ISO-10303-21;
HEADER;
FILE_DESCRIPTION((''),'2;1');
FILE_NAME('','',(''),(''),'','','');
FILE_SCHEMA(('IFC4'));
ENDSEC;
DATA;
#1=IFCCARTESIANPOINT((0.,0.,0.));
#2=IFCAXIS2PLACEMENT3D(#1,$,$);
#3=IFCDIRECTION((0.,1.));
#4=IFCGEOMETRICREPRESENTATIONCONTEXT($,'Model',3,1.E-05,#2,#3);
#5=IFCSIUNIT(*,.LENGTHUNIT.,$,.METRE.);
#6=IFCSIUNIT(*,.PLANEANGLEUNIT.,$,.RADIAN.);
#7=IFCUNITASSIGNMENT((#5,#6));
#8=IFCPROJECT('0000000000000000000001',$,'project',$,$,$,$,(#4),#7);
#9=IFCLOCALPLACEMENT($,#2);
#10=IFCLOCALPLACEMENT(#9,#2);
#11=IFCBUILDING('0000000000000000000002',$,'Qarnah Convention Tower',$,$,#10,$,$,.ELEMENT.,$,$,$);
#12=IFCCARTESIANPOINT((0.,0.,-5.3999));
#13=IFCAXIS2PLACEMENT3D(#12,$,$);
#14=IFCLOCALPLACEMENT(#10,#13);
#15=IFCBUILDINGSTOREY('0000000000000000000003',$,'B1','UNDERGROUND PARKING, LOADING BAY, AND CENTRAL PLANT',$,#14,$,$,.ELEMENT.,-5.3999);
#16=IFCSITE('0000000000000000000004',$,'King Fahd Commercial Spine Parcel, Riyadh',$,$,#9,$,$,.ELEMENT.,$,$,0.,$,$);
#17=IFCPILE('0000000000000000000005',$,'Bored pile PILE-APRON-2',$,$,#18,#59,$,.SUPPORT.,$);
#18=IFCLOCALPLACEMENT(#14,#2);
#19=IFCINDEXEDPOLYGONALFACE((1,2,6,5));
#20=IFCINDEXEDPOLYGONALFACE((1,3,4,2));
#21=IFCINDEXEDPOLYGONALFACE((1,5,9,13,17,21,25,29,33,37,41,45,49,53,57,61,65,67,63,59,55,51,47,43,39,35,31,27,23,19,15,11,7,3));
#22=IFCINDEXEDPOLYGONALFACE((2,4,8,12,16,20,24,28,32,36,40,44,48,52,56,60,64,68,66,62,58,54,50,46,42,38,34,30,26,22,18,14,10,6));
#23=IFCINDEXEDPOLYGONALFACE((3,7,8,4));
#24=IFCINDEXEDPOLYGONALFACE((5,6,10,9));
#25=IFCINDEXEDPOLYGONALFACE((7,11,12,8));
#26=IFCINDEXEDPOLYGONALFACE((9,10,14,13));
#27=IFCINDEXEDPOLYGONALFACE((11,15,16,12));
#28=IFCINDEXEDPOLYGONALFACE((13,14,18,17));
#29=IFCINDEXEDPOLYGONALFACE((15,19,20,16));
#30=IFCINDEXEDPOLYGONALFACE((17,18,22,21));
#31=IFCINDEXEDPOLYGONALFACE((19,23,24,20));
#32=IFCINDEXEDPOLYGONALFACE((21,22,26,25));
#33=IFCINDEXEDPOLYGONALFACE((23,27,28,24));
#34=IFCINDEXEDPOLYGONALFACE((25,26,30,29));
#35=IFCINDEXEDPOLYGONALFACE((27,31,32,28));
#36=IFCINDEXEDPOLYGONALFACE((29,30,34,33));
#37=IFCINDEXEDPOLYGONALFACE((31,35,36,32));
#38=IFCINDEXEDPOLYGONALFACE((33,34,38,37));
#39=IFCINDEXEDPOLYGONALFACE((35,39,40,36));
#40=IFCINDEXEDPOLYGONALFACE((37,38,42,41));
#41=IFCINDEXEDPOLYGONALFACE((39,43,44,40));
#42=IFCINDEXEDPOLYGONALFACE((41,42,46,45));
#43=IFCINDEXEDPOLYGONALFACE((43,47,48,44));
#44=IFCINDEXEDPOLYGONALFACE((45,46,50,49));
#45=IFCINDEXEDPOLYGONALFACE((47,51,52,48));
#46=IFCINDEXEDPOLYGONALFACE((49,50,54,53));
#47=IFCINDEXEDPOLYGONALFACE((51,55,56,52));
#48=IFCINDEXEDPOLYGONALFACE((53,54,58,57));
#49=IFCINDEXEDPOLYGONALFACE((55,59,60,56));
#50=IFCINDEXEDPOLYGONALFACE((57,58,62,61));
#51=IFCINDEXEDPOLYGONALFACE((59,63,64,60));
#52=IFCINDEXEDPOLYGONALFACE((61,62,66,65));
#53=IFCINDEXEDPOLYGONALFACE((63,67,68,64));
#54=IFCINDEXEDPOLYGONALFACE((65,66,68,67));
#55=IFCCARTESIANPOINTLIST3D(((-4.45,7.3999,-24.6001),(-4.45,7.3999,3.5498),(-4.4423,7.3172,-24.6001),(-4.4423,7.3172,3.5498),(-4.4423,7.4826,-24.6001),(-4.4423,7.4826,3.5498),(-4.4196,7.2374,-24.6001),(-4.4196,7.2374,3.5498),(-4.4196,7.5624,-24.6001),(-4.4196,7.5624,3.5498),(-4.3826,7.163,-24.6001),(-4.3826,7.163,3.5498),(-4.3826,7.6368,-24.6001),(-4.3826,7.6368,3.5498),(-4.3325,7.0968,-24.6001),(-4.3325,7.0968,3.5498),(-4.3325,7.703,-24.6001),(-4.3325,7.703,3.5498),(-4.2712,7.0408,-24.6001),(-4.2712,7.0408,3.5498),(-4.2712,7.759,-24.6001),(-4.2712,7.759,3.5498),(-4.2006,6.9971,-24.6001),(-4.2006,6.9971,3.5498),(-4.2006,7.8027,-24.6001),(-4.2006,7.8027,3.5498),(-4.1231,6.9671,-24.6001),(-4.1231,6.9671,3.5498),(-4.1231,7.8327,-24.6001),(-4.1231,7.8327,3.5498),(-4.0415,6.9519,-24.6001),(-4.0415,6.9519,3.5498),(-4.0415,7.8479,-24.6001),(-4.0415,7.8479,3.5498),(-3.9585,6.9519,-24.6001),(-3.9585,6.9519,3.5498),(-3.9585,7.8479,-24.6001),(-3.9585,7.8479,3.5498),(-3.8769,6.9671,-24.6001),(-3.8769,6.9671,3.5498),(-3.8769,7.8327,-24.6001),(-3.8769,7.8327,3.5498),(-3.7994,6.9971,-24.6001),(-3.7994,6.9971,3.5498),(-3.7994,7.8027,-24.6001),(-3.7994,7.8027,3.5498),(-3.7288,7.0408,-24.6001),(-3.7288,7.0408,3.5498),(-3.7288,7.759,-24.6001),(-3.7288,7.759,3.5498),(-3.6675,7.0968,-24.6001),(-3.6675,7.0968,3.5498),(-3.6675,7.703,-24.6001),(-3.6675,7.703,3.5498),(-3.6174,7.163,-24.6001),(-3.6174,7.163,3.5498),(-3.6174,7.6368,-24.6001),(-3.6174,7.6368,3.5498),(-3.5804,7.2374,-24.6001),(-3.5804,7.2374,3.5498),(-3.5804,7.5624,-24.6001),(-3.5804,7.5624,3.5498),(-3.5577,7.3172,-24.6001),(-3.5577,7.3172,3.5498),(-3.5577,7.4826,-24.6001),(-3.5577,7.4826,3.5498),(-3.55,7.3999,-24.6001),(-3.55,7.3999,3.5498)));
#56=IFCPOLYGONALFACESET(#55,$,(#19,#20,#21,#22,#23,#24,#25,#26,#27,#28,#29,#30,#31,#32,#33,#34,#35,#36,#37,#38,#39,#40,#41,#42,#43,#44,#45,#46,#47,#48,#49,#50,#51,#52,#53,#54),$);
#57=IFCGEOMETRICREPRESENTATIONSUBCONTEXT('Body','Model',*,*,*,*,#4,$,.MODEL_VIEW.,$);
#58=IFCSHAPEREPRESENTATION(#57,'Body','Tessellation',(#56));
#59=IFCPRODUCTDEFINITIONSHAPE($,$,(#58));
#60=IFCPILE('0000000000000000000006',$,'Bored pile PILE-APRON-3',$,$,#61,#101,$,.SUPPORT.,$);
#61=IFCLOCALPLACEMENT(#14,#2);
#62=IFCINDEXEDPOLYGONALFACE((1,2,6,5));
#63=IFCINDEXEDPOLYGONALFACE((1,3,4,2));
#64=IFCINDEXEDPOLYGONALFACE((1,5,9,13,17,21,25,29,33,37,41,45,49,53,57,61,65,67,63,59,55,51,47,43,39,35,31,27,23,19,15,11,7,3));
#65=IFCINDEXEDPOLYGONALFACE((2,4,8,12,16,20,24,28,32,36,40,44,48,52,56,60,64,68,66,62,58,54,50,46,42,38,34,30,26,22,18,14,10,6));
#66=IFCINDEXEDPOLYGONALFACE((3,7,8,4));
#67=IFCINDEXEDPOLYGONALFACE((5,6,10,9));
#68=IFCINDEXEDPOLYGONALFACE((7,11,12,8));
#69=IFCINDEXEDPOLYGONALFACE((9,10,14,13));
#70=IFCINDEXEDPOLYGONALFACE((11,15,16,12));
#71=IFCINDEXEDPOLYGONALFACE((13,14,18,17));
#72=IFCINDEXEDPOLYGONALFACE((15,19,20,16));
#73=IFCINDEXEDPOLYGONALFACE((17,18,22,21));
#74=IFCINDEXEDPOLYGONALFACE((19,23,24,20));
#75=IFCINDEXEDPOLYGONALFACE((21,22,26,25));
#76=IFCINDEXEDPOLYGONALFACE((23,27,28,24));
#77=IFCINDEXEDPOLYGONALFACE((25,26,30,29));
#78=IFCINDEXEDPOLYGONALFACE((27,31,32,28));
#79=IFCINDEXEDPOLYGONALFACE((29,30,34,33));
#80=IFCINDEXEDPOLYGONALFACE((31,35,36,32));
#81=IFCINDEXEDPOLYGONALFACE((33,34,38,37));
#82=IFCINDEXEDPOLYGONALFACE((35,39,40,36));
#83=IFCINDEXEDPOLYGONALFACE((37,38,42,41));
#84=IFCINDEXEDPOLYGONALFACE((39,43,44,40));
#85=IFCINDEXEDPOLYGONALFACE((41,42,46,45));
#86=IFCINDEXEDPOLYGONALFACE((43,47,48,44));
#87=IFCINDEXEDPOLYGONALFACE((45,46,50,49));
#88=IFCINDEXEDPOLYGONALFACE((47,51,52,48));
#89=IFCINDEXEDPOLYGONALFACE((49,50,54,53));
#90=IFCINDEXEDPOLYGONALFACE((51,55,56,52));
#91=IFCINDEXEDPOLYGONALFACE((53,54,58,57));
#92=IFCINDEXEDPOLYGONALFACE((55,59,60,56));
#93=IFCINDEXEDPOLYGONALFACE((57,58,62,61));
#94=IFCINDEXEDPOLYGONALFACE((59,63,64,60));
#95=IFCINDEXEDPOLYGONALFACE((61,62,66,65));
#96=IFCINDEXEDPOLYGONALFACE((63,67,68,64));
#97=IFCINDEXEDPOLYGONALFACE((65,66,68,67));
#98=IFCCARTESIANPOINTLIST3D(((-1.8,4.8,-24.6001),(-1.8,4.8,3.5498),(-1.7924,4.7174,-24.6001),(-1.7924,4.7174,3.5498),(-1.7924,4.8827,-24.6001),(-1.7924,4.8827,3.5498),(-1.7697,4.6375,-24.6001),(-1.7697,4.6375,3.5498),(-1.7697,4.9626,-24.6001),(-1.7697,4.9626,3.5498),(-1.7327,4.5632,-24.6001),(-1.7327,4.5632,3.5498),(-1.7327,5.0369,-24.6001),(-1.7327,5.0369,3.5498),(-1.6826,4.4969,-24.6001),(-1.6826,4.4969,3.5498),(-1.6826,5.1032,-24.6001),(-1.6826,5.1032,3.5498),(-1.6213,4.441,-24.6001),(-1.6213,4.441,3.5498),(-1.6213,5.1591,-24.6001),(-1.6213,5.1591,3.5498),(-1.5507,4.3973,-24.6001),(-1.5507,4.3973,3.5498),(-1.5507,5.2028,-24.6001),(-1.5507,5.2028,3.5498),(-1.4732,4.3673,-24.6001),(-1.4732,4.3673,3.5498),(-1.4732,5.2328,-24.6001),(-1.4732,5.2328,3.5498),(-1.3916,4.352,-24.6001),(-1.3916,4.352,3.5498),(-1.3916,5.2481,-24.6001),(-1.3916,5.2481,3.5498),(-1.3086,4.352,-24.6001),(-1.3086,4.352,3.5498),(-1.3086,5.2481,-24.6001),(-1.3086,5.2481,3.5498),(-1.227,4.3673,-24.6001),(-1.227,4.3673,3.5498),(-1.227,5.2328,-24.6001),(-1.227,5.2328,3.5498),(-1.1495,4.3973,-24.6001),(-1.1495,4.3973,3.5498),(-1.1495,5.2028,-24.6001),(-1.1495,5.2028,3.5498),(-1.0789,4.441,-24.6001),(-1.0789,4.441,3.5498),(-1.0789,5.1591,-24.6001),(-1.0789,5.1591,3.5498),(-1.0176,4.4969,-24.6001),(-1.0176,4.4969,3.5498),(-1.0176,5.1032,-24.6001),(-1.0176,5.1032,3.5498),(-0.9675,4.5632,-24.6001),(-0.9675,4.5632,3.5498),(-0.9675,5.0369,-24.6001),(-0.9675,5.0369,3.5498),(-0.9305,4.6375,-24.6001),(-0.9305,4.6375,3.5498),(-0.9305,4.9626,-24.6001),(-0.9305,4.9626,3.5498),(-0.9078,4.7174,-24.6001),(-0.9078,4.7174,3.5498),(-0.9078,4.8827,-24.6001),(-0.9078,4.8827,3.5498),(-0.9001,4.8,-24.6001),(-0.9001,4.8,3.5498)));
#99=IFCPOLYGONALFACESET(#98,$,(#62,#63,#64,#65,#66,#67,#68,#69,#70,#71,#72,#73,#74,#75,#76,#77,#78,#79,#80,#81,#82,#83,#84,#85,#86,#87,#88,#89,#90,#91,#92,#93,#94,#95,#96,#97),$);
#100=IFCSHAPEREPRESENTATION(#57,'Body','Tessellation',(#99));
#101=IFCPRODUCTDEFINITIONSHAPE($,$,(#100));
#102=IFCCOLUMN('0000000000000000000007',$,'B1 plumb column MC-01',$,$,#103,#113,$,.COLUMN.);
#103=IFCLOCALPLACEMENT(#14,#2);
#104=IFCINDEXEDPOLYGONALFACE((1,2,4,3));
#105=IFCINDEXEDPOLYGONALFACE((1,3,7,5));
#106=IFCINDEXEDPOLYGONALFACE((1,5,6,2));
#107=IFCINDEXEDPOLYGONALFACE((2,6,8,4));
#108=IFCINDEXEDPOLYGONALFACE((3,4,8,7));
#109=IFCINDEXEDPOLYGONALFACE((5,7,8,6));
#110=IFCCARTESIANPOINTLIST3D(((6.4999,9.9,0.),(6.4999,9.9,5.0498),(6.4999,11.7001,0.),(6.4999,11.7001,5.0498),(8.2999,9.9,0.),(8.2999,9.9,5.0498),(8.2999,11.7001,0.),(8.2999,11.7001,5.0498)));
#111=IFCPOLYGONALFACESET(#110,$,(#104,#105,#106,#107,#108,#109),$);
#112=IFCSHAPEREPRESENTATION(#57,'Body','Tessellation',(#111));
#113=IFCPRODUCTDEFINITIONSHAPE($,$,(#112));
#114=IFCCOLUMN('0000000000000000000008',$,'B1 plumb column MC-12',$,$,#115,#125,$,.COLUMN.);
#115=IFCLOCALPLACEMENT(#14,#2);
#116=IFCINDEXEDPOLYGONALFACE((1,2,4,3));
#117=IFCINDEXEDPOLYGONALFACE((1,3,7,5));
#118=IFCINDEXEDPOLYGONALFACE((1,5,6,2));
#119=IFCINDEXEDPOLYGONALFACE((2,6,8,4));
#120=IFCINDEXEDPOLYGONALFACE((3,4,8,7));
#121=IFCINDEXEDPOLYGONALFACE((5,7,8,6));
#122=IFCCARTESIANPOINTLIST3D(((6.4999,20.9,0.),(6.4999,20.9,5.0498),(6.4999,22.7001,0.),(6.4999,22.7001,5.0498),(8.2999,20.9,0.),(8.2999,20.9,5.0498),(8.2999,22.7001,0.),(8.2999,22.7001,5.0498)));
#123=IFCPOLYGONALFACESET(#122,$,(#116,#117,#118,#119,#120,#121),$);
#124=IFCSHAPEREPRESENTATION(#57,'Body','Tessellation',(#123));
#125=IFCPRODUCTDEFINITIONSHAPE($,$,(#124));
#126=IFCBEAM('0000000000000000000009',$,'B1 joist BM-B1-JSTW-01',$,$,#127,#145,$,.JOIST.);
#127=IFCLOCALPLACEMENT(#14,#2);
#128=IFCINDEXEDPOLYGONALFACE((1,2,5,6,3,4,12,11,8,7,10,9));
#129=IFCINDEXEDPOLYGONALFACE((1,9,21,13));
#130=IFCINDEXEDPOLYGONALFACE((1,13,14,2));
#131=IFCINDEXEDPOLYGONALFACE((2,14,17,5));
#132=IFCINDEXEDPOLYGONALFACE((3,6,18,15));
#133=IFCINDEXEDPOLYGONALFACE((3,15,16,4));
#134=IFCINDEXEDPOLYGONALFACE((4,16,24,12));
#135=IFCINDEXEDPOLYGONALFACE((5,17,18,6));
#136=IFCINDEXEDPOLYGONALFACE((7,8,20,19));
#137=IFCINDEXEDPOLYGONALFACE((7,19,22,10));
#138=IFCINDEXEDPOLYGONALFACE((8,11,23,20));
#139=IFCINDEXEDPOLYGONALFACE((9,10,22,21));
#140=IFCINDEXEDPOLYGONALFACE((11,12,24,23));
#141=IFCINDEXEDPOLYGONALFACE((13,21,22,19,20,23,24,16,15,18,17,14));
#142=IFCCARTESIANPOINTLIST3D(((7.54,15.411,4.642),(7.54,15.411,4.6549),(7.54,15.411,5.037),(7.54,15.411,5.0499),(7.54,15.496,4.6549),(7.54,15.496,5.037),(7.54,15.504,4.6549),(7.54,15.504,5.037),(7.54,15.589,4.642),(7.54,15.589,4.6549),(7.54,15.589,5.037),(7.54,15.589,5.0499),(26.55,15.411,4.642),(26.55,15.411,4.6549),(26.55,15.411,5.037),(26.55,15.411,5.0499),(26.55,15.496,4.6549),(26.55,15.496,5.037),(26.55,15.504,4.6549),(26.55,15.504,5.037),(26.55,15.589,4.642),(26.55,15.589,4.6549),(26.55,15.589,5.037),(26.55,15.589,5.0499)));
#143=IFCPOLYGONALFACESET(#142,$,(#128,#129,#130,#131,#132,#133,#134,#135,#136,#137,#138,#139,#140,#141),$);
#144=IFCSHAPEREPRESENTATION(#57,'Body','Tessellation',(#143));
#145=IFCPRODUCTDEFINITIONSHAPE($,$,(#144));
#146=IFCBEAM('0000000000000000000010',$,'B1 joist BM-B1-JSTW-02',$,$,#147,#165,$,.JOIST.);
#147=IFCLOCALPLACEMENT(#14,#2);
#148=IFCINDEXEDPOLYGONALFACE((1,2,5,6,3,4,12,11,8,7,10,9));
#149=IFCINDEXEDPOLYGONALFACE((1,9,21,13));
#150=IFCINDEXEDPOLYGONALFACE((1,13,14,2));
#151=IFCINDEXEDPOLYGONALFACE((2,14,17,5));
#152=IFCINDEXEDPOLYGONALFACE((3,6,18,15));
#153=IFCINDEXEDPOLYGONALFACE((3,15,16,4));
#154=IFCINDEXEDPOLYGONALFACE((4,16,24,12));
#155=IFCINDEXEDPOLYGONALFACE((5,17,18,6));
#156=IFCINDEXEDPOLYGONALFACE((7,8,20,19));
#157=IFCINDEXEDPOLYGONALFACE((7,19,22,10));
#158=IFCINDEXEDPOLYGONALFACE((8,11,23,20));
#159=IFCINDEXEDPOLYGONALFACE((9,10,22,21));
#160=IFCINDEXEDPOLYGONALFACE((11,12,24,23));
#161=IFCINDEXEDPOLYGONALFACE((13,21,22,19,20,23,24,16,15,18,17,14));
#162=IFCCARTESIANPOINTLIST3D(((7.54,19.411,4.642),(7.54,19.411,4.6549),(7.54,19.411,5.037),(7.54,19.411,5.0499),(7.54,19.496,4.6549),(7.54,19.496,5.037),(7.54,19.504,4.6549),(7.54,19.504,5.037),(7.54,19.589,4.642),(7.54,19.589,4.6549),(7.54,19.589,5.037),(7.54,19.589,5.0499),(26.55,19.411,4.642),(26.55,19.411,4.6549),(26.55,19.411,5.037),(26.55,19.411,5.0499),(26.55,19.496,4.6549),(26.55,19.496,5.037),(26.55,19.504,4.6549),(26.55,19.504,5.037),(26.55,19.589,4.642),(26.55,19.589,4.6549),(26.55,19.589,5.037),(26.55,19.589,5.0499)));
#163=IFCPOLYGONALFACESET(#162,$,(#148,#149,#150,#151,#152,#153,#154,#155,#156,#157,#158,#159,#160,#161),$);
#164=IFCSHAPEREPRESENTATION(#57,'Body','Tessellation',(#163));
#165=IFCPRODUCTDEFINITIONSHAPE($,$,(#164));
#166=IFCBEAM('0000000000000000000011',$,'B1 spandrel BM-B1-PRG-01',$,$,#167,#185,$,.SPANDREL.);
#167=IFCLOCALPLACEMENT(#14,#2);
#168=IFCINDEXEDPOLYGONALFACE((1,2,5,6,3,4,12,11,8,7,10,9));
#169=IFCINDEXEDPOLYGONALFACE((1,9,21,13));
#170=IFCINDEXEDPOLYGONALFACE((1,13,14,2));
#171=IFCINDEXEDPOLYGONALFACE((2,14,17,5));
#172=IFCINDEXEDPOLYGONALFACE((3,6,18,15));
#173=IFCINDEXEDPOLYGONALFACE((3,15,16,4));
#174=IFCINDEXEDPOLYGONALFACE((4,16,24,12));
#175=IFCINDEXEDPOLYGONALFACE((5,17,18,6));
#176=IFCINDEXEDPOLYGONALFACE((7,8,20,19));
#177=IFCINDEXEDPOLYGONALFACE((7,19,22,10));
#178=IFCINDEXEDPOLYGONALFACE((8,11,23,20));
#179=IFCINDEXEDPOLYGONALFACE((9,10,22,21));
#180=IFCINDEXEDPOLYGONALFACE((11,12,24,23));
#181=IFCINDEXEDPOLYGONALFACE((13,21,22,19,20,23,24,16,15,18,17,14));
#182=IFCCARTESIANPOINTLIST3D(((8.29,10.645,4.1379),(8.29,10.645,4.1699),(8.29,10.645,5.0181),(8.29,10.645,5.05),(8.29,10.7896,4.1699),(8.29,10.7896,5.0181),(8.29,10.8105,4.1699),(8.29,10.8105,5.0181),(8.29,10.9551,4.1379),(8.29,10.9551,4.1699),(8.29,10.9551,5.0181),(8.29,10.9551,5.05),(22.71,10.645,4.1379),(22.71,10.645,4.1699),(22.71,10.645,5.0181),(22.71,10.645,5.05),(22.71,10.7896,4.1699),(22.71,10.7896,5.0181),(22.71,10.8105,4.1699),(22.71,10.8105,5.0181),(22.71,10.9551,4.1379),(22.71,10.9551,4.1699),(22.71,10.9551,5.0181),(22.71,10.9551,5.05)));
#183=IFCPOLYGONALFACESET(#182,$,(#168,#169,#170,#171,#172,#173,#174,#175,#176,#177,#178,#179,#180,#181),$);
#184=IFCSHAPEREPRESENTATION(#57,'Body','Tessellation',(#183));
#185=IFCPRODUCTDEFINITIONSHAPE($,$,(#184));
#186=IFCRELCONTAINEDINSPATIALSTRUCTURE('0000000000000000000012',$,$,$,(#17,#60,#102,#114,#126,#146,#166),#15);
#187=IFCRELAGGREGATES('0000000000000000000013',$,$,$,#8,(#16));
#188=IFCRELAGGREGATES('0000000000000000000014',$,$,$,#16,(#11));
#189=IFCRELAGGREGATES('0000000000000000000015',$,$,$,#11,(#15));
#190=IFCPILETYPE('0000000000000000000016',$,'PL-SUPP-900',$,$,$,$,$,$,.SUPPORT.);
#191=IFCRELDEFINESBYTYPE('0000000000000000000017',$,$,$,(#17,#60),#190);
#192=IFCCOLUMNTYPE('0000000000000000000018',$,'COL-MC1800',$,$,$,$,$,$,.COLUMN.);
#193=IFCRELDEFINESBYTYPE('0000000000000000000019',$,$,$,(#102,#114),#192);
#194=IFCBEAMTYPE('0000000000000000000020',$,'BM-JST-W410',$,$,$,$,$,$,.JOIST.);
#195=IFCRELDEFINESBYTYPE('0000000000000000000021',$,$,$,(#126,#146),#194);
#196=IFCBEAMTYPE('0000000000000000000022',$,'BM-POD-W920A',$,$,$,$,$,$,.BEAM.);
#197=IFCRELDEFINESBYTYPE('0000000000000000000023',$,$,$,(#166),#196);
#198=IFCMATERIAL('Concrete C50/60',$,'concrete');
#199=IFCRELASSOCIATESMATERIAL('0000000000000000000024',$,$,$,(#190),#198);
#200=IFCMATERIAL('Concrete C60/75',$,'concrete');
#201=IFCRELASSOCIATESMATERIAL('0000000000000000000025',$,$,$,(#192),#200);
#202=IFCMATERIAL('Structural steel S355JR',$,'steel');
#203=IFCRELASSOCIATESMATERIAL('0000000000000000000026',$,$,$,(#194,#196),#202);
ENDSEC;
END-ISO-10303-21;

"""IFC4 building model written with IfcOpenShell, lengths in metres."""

from ifc_helpers import new_model, si_unit, direction, frame, origin, origin_2d, place, context, subcontext, project, spatial, rectangle, circle, i_section, extrude, material, material_profile, profile_set, type_object, element, save


model = new_model("IFC4")

# Units and contexts
model_context = context("Model", 3, precision=1e-05, world=origin(), true_north=direction((0.0, 1.0)))
body_context = subcontext(model_context, "Body", "Model", "MODEL_VIEW")
ifc_project = project(units=[si_unit("LENGTHUNIT", "METRE"), si_unit("PLANEANGLEUNIT", "RADIAN")], contexts=[model_context])

# Site, building, storey
site_placement = place(None, origin())
site = spatial("IfcSite", under=ifc_project, at=site_placement, Name="King Fahd Commercial Spine Parcel, Riyadh", CompositionType="ELEMENT", RefElevation=0.0)
building_placement = place(site_placement, origin())
building = spatial("IfcBuilding", under=site, at=building_placement, Name="Qarnah Convention Tower", CompositionType="ELEMENT")
storey_placement = place(building_placement, frame((0.0, 0.0, -5.3999)))
storey = spatial("IfcBuildingStorey", under=building, at=storey_placement, Name="B1", Description="UNDERGROUND PARKING, LOADING BAY, AND CENTRAL PLANT", CompositionType="ELEMENT", Elevation=-5.3999)

# Shared definitions
ifc_material_1 = material(Name="Concrete C50/60", Category="concrete")

# Piles
ifc_material_profile_1 = material_profile(ifc_material_1, circle(Radius=0.45, at=origin_2d()), Name="PILE-D900")
ifc_profile_set_1 = profile_set([ifc_material_profile_1], Name="Concrete C50/60")
pile_type_1 = type_object("IfcPileType", Name="PL-SUPP-900", PredefinedType="SUPPORT", material=ifc_profile_set_1)
for number, where, z_axis, x_axis, name in (
    (1, (-4.0, 7.3999, 3.5498), (0.0, 0.0, -1.0), (1.0, 0.0, 0.0), "Bored pile PILE-APRON-2"),
    (2, (-1.3501, 4.8, 3.5498), (0.0, 0.0, -1.0), (1.0, 0.0, 0.0), "Bored pile PILE-APRON-3"),
):
    element("IfcPile", number, at=place(storey_placement, frame(where, z_axis=z_axis, x_axis=x_axis)), inside=storey, type_object=pile_type_1, Name=name, PredefinedType="SUPPORT", context=body_context, shape_type="SweptSolid", body=[
        extrude(circle(Radius=0.45, at=origin_2d()), origin(), (0.0, 0.0, 1.0), 28.1499),
    ])

# Columns
ifc_material_2 = material(Name="Concrete C60/75", Category="concrete")
ifc_material_profile_2 = material_profile(ifc_material_2, rectangle(XDim=1.8, YDim=1.8, at=origin_2d()), Name="RC-COL-1800X1800")
ifc_profile_set_2 = profile_set([ifc_material_profile_2], Name="Concrete C60/75")
column_type = type_object("IfcColumnType", Name="COL-MC1800", PredefinedType="COLUMN", material=ifc_profile_set_2)
for number, where, z_axis, x_axis, name in (
    (3, (7.3999, 10.8, 0.0), (0.0, 0.0, 1.0), (1.0, 0.0, 0.0), "B1 plumb column MC-01"),
    (4, (7.3999, 21.8, 0.0), (0.0, 0.0, 1.0), (1.0, 0.0, 0.0), "B1 plumb column MC-12"),
):
    element("IfcColumn", number, at=place(storey_placement, frame(where, z_axis=z_axis, x_axis=x_axis)), inside=storey, type_object=column_type, Name=name, PredefinedType="COLUMN", context=body_context, shape_type="SweptSolid", body=[
        extrude(rectangle(XDim=1.8, YDim=1.8, at=origin_2d()), origin(), (0.0, 0.0, 1.0), 5.0498),
    ])

# Beams
ifc_material_3 = material(Name="Structural steel S355JR", Category="steel")
ifc_material_profile_3 = material_profile(ifc_material_3, i_section(OverallWidth=0.178, OverallDepth=0.408, WebThickness=0.0081, FlangeThickness=0.0129, at=origin_2d()), Name="W410X60")
ifc_profile_set_3 = profile_set([ifc_material_profile_3], Name="Structural steel S355JR")
beam_type_1 = type_object("IfcBeamType", Name="BM-JST-W410", PredefinedType="JOIST", material=ifc_profile_set_3)
for number, where, z_axis, x_axis, name in (
    (5, (7.54, 15.5, 4.8459), (1.0, 0.0, 0.0), (0.0, 1.0, 0.0), "B1 joist BM-B1-JSTW-01"),
    (6, (7.54, 19.5, 4.8459), (1.0, 0.0, 0.0), (0.0, 1.0, 0.0), "B1 joist BM-B1-JSTW-02"),
):
    element("IfcBeam", number, at=place(storey_placement, frame(where, z_axis=z_axis, x_axis=x_axis)), inside=storey, type_object=beam_type_1, Name=name, PredefinedType="JOIST", context=body_context, shape_type="SweptSolid", body=[
        extrude(i_section(OverallWidth=0.178, OverallDepth=0.408, WebThickness=0.0081, FlangeThickness=0.0129, at=origin_2d()), origin(), (0.0, 0.0, 1.0), 19.01),
    ])
ifc_material_profile_4 = material_profile(ifc_material_3, i_section(OverallWidth=0.3101, OverallDepth=0.9121, WebThickness=0.021, FlangeThickness=0.032, at=origin_2d()), Name="W920X342")
ifc_profile_set_4 = profile_set([ifc_material_profile_4], Name="Structural steel S355JR")
beam_type_2 = type_object("IfcBeamType", Name="BM-POD-W920A", PredefinedType="BEAM", material=ifc_profile_set_4)
beam_1_placement = place(storey_placement, frame((8.29, 10.8, 4.594), z_axis=(1.0, 0.0, 0.0), x_axis=(0.0, 1.0, 0.0)))
element("IfcBeam", 7, at=beam_1_placement, inside=storey, type_object=beam_type_2, Name="B1 spandrel BM-B1-PRG-01", PredefinedType="SPANDREL", context=body_context, shape_type="SweptSolid", body=[
    extrude(i_section(OverallWidth=0.3101, OverallDepth=0.9121, WebThickness=0.021, FlangeThickness=0.032, at=origin_2d()), origin(), (0.0, 0.0, 1.0), 14.4199),
])

save(model, "model.ifc")
